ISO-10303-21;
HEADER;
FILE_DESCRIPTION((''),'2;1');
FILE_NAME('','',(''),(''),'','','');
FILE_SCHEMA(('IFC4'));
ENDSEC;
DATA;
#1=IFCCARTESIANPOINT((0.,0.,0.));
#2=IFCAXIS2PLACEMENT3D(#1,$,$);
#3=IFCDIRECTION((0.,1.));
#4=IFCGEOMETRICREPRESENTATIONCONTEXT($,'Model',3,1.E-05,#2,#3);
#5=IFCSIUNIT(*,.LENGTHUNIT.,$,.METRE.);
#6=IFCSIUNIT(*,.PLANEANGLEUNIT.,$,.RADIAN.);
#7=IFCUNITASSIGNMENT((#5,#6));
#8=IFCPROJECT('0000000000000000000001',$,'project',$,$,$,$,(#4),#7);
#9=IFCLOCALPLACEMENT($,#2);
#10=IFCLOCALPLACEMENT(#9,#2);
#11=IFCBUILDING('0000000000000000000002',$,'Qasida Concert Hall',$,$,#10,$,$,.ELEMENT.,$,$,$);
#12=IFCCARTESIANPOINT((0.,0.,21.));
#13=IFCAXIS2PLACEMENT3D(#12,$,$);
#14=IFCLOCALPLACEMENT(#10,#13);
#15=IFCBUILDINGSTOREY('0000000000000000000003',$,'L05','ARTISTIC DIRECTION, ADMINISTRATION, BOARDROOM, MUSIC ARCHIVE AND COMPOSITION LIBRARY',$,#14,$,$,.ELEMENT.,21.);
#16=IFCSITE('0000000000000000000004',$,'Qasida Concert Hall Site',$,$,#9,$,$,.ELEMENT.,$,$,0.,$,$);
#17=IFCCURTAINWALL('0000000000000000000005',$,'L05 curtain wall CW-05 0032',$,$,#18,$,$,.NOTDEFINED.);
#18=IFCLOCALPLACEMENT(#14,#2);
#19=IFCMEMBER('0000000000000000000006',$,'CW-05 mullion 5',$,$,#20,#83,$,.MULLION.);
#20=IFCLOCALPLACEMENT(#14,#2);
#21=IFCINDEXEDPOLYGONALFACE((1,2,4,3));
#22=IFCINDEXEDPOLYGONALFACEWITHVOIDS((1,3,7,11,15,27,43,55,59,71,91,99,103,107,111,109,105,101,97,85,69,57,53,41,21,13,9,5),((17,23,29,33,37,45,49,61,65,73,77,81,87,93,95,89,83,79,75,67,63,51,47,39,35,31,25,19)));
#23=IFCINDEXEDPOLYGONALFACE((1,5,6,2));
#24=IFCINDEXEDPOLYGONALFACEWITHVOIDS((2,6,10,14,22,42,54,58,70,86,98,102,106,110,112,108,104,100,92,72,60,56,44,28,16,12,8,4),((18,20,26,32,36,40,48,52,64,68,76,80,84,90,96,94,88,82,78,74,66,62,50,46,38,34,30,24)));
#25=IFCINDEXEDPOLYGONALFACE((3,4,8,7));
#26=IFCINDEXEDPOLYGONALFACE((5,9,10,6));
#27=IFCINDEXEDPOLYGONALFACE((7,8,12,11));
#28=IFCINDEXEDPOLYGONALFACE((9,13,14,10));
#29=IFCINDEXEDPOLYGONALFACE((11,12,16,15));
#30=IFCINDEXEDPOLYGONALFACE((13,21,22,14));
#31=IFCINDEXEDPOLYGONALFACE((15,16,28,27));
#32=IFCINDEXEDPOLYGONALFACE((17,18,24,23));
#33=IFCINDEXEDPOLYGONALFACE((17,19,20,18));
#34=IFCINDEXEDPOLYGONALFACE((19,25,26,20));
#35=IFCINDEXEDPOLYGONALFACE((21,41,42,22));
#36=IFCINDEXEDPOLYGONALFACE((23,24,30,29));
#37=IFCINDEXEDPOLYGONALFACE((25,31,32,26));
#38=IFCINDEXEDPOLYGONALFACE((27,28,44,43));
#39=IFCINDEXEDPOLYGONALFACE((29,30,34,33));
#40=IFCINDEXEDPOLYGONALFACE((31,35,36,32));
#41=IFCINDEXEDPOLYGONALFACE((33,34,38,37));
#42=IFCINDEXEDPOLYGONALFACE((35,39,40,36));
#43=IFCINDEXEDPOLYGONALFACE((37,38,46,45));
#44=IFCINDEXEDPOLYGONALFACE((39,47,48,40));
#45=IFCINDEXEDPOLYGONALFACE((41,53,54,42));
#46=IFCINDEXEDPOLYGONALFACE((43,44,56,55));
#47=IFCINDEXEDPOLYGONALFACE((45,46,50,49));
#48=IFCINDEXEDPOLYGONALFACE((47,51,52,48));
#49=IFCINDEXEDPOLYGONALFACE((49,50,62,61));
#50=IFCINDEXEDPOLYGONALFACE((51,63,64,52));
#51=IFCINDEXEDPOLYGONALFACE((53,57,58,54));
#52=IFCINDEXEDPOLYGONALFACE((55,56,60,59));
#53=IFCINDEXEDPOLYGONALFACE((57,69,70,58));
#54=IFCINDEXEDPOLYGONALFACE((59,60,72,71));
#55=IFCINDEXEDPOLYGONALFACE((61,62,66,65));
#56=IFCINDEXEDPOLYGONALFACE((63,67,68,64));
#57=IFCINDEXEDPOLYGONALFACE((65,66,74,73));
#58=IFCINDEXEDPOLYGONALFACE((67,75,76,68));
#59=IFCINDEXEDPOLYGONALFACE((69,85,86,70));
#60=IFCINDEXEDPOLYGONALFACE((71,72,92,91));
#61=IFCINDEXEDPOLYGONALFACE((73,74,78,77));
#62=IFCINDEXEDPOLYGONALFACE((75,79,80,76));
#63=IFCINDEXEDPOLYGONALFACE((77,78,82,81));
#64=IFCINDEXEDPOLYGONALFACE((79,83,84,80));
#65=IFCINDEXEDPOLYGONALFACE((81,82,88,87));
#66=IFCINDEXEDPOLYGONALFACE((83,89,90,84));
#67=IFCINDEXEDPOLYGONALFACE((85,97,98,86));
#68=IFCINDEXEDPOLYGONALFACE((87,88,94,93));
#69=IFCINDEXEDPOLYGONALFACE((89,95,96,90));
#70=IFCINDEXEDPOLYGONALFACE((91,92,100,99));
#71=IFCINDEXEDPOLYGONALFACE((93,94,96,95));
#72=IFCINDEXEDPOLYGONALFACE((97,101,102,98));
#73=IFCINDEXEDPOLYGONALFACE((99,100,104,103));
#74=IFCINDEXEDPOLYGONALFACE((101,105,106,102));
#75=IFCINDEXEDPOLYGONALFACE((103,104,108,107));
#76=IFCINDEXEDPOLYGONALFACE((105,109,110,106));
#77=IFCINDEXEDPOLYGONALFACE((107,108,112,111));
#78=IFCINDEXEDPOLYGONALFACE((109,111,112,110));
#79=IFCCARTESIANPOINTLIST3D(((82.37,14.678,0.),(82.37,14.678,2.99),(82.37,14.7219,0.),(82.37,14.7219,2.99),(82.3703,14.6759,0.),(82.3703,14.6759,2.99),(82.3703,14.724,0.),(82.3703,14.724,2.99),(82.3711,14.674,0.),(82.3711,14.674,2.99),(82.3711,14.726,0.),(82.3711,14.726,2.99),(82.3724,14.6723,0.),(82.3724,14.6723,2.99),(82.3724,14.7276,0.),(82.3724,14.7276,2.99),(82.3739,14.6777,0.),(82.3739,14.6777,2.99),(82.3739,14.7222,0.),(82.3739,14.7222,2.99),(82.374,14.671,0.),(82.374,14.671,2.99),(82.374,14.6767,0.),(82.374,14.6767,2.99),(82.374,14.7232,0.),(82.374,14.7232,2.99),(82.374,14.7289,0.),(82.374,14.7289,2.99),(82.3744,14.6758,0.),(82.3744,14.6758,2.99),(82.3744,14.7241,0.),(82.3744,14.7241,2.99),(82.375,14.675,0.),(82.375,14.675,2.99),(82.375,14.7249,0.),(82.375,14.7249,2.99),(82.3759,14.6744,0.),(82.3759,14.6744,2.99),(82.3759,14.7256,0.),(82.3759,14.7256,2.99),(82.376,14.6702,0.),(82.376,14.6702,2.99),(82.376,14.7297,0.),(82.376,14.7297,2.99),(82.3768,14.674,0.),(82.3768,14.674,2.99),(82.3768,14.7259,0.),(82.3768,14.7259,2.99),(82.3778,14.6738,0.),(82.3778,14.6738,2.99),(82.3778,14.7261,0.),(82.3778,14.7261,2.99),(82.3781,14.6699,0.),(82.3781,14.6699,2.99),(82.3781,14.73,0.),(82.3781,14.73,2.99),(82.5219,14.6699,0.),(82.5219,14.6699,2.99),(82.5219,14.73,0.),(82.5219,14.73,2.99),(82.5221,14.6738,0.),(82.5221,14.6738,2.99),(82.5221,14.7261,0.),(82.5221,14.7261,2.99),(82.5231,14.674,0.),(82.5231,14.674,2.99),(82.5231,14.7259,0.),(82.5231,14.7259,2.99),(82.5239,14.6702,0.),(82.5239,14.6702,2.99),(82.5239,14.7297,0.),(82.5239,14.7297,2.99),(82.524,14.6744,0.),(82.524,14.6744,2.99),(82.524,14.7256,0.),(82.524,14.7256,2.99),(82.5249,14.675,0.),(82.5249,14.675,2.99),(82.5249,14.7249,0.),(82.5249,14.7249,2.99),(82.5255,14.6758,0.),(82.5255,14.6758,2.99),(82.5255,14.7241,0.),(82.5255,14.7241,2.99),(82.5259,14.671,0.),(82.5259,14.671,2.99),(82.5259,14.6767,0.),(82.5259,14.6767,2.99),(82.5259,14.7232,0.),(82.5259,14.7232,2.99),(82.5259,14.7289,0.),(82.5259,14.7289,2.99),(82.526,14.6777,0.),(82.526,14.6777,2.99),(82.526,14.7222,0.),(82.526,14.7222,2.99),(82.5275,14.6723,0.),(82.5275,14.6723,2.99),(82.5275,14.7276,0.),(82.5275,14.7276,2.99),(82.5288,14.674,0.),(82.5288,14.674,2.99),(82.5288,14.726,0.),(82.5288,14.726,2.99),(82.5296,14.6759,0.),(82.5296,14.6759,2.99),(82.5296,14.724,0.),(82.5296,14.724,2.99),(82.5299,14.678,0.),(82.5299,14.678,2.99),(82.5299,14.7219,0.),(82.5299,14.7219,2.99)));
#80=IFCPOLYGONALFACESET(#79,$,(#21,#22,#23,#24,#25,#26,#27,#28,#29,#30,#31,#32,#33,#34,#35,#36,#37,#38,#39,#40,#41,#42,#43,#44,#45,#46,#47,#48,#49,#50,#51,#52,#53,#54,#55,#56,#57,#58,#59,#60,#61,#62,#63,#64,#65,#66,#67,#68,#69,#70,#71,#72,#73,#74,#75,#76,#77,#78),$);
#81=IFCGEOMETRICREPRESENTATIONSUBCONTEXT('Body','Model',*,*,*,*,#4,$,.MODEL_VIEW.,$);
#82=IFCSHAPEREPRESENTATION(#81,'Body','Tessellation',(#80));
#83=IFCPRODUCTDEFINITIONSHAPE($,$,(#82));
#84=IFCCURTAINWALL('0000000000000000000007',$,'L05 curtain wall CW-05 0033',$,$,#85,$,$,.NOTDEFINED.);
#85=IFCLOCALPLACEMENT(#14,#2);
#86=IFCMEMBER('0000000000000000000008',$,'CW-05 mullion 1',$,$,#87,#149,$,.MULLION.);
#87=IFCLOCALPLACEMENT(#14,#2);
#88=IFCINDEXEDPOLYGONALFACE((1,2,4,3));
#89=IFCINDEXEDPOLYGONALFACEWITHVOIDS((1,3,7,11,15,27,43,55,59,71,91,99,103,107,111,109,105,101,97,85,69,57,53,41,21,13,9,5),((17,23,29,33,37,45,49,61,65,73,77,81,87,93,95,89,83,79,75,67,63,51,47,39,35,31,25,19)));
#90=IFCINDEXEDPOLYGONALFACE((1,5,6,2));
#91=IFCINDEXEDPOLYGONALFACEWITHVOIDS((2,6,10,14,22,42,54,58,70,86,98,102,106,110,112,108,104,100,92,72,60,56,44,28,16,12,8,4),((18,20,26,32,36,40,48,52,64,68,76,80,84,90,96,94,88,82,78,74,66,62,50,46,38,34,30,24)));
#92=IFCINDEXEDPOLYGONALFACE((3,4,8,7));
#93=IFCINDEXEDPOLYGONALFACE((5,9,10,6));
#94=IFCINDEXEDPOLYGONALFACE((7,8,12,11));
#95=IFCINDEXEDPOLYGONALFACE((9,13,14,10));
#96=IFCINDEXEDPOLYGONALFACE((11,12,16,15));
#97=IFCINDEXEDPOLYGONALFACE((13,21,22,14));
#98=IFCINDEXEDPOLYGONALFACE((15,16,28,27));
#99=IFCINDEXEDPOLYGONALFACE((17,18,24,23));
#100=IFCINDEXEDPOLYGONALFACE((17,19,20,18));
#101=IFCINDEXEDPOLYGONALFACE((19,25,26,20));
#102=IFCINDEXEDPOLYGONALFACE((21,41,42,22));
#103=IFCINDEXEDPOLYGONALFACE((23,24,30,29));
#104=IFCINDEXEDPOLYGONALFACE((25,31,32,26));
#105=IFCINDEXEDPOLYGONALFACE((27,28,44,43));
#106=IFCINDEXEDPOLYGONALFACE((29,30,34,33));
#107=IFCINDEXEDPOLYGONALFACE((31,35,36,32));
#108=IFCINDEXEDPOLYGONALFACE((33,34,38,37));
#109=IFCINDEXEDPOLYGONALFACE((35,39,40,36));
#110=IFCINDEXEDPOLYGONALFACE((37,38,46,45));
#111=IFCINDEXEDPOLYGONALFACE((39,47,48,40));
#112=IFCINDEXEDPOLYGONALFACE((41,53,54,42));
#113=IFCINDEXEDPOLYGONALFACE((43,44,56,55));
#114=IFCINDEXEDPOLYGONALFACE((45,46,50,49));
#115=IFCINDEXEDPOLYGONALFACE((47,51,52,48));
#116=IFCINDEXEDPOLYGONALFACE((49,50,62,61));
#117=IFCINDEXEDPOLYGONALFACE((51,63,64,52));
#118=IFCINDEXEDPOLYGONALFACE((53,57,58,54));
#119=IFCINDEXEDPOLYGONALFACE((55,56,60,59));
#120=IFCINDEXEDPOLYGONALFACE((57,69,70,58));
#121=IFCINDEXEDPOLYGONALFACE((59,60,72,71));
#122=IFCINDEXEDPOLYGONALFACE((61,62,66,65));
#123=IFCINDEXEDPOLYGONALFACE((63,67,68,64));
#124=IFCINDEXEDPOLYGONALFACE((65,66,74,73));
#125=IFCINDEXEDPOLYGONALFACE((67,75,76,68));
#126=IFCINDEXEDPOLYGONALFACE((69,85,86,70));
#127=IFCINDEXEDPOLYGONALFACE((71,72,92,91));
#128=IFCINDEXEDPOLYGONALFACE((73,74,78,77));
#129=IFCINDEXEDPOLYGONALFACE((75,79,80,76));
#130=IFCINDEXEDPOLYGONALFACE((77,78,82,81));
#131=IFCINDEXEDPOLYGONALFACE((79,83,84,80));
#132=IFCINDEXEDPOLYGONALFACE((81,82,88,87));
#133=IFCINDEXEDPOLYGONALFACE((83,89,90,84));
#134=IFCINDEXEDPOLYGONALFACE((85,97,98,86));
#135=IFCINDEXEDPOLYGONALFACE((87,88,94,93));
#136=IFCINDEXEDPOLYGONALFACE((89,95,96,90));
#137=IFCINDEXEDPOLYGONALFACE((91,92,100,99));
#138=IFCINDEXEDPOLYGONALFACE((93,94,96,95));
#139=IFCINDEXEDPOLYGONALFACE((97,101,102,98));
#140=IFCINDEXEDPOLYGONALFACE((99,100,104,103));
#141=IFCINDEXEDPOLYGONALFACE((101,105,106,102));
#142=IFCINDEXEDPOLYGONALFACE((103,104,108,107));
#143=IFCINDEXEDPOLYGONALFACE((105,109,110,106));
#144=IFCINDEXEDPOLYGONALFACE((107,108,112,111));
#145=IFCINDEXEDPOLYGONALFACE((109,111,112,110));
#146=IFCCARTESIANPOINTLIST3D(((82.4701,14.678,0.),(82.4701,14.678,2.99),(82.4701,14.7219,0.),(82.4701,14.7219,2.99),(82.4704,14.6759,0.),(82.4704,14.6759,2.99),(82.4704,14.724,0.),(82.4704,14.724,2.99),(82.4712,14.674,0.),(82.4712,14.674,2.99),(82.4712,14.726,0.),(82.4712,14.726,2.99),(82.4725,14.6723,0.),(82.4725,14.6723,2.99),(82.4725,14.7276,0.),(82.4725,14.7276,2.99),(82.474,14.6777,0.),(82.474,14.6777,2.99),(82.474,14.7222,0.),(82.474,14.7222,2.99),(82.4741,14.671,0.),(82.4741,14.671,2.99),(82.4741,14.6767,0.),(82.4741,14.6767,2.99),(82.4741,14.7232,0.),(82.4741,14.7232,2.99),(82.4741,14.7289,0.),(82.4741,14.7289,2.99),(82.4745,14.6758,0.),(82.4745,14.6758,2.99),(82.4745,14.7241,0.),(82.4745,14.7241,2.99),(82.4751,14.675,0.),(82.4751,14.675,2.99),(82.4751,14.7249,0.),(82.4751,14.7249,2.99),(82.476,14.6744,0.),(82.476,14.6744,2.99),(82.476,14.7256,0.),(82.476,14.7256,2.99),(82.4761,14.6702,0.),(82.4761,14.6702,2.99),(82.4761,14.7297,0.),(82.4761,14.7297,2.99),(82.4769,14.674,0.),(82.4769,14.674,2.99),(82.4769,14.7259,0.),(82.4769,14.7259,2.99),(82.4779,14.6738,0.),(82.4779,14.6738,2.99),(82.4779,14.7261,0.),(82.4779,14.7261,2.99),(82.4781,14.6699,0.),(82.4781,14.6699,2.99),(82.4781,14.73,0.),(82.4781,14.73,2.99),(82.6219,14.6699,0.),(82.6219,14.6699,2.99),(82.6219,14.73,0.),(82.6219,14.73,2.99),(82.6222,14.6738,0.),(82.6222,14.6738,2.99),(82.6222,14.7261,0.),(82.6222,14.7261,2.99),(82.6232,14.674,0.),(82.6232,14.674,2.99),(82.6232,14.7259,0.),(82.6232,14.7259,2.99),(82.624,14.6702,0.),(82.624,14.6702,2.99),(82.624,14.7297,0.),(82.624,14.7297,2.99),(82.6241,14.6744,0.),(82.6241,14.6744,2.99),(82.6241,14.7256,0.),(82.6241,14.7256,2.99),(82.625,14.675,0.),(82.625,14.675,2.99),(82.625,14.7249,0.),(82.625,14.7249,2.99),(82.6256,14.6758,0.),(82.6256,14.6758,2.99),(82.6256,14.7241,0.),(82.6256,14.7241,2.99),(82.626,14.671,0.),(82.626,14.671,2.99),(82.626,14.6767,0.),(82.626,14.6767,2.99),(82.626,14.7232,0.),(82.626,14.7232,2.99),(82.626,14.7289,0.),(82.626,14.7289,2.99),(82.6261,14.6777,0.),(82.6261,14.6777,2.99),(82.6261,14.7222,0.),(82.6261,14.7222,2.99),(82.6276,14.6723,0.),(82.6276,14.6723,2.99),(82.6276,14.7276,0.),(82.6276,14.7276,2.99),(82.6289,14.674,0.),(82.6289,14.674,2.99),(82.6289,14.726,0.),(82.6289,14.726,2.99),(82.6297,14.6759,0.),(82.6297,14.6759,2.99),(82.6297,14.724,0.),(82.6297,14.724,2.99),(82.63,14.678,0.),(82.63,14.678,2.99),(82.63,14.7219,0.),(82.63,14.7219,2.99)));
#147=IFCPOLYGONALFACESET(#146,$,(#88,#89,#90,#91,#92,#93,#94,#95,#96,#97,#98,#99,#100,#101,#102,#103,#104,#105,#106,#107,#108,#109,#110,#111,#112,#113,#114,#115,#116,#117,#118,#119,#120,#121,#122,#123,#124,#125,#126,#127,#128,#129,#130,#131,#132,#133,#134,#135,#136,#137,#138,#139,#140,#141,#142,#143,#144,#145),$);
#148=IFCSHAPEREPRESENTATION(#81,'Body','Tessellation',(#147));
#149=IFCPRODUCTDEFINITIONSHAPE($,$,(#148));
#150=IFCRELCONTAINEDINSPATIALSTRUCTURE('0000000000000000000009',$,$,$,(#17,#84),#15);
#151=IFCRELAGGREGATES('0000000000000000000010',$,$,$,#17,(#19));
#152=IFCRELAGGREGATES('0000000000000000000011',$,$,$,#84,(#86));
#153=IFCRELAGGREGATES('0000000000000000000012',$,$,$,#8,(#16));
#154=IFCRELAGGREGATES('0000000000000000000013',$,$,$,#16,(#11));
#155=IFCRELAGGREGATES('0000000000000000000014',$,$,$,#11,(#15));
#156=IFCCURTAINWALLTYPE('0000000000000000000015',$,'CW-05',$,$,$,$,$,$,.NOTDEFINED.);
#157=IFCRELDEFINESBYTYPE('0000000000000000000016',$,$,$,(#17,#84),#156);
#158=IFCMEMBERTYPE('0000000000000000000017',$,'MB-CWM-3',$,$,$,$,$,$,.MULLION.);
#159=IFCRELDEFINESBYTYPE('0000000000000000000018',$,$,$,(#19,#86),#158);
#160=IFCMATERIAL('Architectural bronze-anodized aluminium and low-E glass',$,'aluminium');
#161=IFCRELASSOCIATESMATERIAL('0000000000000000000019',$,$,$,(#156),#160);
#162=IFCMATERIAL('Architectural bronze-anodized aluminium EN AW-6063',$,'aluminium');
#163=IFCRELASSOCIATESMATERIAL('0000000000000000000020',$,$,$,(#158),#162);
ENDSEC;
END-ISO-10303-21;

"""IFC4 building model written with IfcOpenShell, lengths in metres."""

from ifc_helpers import new_model, si_unit, direction, frame, origin, origin_2d, place, context, subcontext, project, spatial, hollow_rectangle, extrude, material, material_profile, profile_set, type_object, element, aggregate, save


model = new_model("IFC4")

# Units and contexts
model_context = context("Model", 3, precision=1e-05, world=origin(), true_north=direction((0.0, 1.0)))
body_context = subcontext(model_context, "Body", "Model", "MODEL_VIEW")
ifc_project = project(units=[si_unit("LENGTHUNIT", "METRE"), si_unit("PLANEANGLEUNIT", "RADIAN")], contexts=[model_context])

# Site, building, storey
site_placement = place(None, origin())
site = spatial("IfcSite", under=ifc_project, at=site_placement, Name="Qasida Concert Hall Site", CompositionType="ELEMENT", RefElevation=0.0)
building_placement = place(site_placement, origin())
building = spatial("IfcBuilding", under=site, at=building_placement, Name="Qasida Concert Hall", CompositionType="ELEMENT")
storey_placement = place(building_placement, frame((0.0, 0.0, 21.0)))
storey = spatial("IfcBuildingStorey", under=building, at=storey_placement, Name="L05", Description="ARTISTIC DIRECTION, ADMINISTRATION, BOARDROOM, MUSIC ARCHIVE AND COMPOSITION LIBRARY", CompositionType="ELEMENT", Elevation=21.0)

# Curtain wall, member
ifc_material_1 = material(Name="Architectural bronze-anodized aluminium and low-E glass", Category="aluminium")
curtain_wall_type = type_object("IfcCurtainWallType", Name="CW-05", PredefinedType="NOTDEFINED", material=ifc_material_1)
curtain_wall_1_placement = place(storey_placement, origin())
curtain_wall_1 = element("IfcCurtainWall", 1, at=curtain_wall_1_placement, inside=storey, type_object=curtain_wall_type, Name="L05 curtain wall CW-05 0032", PredefinedType="NOTDEFINED")
ifc_material_2 = material(Name="Architectural bronze-anodized aluminium EN AW-6063", Category="aluminium")
ifc_material_profile_1 = material_profile(ifc_material_2, hollow_rectangle(XDim=0.0601, YDim=0.1599, WallThickness=0.0039, InnerFilletRadius=0.0039, OuterFilletRadius=0.0081, at=origin_2d()), Name="CWM 160x60x4")
ifc_profile_set_1 = profile_set([ifc_material_profile_1], Name="Architectural bronze-anodized aluminium EN AW-6063")
member_type_1 = type_object("IfcMemberType", Name="MB-CWM-3", PredefinedType="MULLION", material=ifc_profile_set_1)
member_1_placement = place(storey_placement, frame((82.45, 14.7, 0.0), z_axis=(0.0, 0.0, 1.0), x_axis=(0.0, 1.0, 0.0)))
member_1 = element("IfcMember", 2, at=member_1_placement, type_object=member_type_1, Name="CW-05 mullion 5", PredefinedType="MULLION", context=body_context, shape_type="SweptSolid", body=[
    extrude(hollow_rectangle(XDim=0.0601, YDim=0.1599, WallThickness=0.0039, InnerFilletRadius=0.0039, OuterFilletRadius=0.0081, at=origin_2d()), origin(), (0.0, 0.0, 1.0), 2.99),
])

# Curtain wall, member
curtain_wall_2_placement = place(storey_placement, origin())
curtain_wall_2 = element("IfcCurtainWall", 3, at=curtain_wall_2_placement, inside=storey, type_object=curtain_wall_type, Name="L05 curtain wall CW-05 0033", PredefinedType="NOTDEFINED")
member_2_placement = place(storey_placement, frame((82.55, 14.7, 0.0), z_axis=(0.0, 0.0, 1.0), x_axis=(0.0, 1.0, 0.0)))
member_2 = element("IfcMember", 4, at=member_2_placement, type_object=member_type_1, Name="CW-05 mullion 1", PredefinedType="MULLION", context=body_context, shape_type="SweptSolid", body=[
    extrude(hollow_rectangle(XDim=0.0601, YDim=0.1599, WallThickness=0.0039, InnerFilletRadius=0.0039, OuterFilletRadius=0.0081, at=origin_2d()), origin(), (0.0, 0.0, 1.0), 2.99),
])

aggregate(curtain_wall_1, [member_1])
aggregate(curtain_wall_2, [member_2])

save(model, "model.ifc")
